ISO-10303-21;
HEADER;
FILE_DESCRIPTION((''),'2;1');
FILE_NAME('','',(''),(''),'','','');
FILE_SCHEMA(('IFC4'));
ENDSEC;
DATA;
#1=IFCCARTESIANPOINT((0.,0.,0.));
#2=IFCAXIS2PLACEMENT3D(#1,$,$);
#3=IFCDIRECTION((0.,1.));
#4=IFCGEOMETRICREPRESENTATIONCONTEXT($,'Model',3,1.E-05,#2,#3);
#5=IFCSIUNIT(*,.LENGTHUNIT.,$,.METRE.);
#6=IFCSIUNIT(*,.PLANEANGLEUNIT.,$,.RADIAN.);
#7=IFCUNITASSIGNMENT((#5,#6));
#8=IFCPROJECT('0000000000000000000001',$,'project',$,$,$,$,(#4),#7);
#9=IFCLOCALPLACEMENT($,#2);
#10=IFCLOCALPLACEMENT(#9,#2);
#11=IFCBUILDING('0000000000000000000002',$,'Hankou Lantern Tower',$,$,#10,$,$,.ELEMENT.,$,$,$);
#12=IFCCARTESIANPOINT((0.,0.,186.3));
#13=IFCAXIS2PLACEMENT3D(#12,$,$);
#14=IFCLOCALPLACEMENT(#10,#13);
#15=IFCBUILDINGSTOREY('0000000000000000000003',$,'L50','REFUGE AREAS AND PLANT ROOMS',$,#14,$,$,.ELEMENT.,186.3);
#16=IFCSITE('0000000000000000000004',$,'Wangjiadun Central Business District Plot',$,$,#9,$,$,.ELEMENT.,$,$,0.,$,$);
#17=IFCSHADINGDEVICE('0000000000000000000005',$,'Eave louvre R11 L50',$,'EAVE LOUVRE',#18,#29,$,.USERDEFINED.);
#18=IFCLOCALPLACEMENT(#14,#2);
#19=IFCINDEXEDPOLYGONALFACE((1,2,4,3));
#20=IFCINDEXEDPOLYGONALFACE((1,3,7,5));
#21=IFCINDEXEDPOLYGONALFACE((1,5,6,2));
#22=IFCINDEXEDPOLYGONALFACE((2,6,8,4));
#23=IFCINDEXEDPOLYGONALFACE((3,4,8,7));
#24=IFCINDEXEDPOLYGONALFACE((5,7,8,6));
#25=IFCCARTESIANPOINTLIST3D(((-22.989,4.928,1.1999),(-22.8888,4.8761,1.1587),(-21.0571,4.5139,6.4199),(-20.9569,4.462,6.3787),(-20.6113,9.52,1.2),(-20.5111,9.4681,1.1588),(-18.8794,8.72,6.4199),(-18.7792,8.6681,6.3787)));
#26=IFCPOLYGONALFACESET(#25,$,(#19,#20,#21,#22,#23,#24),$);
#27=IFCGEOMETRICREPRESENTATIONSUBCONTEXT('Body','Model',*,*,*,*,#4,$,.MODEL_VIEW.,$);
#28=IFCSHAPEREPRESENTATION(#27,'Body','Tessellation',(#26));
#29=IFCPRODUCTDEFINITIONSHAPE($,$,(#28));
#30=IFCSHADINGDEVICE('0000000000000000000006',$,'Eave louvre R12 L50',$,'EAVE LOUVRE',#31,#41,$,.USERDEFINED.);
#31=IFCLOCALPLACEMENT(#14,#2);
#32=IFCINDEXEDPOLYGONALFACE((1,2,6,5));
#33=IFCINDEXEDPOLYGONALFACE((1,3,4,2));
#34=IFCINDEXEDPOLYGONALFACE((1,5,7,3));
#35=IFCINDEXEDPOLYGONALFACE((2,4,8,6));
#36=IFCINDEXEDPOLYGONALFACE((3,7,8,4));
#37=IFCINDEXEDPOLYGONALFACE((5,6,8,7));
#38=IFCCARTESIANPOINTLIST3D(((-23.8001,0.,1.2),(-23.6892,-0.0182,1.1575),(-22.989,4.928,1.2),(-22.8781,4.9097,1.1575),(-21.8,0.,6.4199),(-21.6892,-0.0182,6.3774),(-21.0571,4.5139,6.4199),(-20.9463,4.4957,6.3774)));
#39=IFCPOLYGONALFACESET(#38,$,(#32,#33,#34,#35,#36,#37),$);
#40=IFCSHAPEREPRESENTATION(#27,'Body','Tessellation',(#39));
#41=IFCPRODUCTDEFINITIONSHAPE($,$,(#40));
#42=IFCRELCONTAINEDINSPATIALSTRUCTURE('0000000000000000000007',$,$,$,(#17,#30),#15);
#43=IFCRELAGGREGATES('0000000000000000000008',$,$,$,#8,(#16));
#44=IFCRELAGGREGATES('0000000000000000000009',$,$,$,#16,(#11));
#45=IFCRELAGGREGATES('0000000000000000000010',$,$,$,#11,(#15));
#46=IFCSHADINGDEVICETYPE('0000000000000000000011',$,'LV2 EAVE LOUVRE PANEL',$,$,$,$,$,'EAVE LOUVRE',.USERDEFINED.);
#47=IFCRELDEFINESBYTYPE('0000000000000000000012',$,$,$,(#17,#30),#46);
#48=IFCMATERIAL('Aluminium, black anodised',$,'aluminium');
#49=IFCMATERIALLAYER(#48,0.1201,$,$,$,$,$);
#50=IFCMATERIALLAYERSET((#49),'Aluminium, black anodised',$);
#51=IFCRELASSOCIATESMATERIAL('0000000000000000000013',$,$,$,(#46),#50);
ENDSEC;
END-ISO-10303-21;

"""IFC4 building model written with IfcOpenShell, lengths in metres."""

from ifc_helpers import new_model, si_unit, direction, frame, origin, place, context, subcontext, project, spatial, polyline, outline, extrude, material, layer, layer_set, type_object, element, save


model = new_model("IFC4")

# Units and contexts
model_context = context("Model", 3, precision=1e-05, world=origin(), true_north=direction((0.0, 1.0)))
body_context = subcontext(model_context, "Body", "Model", "MODEL_VIEW")
ifc_project = project(units=[si_unit("LENGTHUNIT", "METRE"), si_unit("PLANEANGLEUNIT", "RADIAN")], contexts=[model_context])

# Site, building, storey
site_placement = place(None, origin())
site = spatial("IfcSite", under=ifc_project, at=site_placement, Name="Wangjiadun Central Business District Plot", CompositionType="ELEMENT", RefElevation=0.0)
building_placement = place(site_placement, origin())
building = spatial("IfcBuilding", under=site, at=building_placement, Name="Hankou Lantern Tower", CompositionType="ELEMENT")
storey_placement = place(building_placement, frame((0.0, 0.0, 186.3)))
storey = spatial("IfcBuildingStorey", under=building, at=storey_placement, Name="L50", Description="REFUGE AREAS AND PLANT ROOMS", CompositionType="ELEMENT", Elevation=186.3)

# Shading devices
ifc_material_1 = material(Name="Aluminium, black anodised", Category="aluminium")
ifc_layer_1 = layer(ifc_material_1, 0.1201)
ifc_layer_set_1 = layer_set([ifc_layer_1], Name="Aluminium, black anodised")
shading_device_type = type_object("IfcShadingDeviceType", Name="LV2 EAVE LOUVRE PANEL", ElementType="EAVE LOUVRE", PredefinedType="USERDEFINED", material=ifc_layer_set_1)
shading_device_1_placement = place(storey_placement, frame((-20.6113, 9.52, 1.2), z_axis=(-0.834162, 0.431907, 0.342972), x_axis=(-0.459796, -0.888024, -0.000003)))
element("IfcShadingDevice", 1, at=shading_device_1_placement, inside=storey, type_object=shading_device_type, Name="Eave louvre R11 L50", ObjectType="EAVE LOUVRE", PredefinedType="USERDEFINED", context=body_context, shape_type="SweptSolid", body=[
    extrude(outline(polyline([(0.0, 0.0), (5.1711, 0.0), (4.6505, 5.557), (-0.0859, 5.557), (0.0, 0.0)])), origin(), (0.0, 0.0, -1.0), 0.1201),
])
shading_device_2_placement = place(storey_placement, frame((-22.989, 4.928, 1.2), z_axis=(-0.922968, 0.151903, 0.353632), x_axis=(-0.162396, -0.986726, 0.000001)))
element("IfcShadingDevice", 2, at=shading_device_2_placement, inside=storey, type_object=shading_device_type, Name="Eave louvre R12 L50", ObjectType="EAVE LOUVRE", PredefinedType="USERDEFINED", context=body_context, shape_type="SweptSolid", body=[
    extrude(outline(polyline([(0.0, 0.0), (4.9943, 0.0), (4.6695, 5.5806), (0.0948, 5.5806), (0.0, 0.0)])), origin(), (0.0, 0.0, -1.0), 0.1201),
])

save(model, "model.ifc")
